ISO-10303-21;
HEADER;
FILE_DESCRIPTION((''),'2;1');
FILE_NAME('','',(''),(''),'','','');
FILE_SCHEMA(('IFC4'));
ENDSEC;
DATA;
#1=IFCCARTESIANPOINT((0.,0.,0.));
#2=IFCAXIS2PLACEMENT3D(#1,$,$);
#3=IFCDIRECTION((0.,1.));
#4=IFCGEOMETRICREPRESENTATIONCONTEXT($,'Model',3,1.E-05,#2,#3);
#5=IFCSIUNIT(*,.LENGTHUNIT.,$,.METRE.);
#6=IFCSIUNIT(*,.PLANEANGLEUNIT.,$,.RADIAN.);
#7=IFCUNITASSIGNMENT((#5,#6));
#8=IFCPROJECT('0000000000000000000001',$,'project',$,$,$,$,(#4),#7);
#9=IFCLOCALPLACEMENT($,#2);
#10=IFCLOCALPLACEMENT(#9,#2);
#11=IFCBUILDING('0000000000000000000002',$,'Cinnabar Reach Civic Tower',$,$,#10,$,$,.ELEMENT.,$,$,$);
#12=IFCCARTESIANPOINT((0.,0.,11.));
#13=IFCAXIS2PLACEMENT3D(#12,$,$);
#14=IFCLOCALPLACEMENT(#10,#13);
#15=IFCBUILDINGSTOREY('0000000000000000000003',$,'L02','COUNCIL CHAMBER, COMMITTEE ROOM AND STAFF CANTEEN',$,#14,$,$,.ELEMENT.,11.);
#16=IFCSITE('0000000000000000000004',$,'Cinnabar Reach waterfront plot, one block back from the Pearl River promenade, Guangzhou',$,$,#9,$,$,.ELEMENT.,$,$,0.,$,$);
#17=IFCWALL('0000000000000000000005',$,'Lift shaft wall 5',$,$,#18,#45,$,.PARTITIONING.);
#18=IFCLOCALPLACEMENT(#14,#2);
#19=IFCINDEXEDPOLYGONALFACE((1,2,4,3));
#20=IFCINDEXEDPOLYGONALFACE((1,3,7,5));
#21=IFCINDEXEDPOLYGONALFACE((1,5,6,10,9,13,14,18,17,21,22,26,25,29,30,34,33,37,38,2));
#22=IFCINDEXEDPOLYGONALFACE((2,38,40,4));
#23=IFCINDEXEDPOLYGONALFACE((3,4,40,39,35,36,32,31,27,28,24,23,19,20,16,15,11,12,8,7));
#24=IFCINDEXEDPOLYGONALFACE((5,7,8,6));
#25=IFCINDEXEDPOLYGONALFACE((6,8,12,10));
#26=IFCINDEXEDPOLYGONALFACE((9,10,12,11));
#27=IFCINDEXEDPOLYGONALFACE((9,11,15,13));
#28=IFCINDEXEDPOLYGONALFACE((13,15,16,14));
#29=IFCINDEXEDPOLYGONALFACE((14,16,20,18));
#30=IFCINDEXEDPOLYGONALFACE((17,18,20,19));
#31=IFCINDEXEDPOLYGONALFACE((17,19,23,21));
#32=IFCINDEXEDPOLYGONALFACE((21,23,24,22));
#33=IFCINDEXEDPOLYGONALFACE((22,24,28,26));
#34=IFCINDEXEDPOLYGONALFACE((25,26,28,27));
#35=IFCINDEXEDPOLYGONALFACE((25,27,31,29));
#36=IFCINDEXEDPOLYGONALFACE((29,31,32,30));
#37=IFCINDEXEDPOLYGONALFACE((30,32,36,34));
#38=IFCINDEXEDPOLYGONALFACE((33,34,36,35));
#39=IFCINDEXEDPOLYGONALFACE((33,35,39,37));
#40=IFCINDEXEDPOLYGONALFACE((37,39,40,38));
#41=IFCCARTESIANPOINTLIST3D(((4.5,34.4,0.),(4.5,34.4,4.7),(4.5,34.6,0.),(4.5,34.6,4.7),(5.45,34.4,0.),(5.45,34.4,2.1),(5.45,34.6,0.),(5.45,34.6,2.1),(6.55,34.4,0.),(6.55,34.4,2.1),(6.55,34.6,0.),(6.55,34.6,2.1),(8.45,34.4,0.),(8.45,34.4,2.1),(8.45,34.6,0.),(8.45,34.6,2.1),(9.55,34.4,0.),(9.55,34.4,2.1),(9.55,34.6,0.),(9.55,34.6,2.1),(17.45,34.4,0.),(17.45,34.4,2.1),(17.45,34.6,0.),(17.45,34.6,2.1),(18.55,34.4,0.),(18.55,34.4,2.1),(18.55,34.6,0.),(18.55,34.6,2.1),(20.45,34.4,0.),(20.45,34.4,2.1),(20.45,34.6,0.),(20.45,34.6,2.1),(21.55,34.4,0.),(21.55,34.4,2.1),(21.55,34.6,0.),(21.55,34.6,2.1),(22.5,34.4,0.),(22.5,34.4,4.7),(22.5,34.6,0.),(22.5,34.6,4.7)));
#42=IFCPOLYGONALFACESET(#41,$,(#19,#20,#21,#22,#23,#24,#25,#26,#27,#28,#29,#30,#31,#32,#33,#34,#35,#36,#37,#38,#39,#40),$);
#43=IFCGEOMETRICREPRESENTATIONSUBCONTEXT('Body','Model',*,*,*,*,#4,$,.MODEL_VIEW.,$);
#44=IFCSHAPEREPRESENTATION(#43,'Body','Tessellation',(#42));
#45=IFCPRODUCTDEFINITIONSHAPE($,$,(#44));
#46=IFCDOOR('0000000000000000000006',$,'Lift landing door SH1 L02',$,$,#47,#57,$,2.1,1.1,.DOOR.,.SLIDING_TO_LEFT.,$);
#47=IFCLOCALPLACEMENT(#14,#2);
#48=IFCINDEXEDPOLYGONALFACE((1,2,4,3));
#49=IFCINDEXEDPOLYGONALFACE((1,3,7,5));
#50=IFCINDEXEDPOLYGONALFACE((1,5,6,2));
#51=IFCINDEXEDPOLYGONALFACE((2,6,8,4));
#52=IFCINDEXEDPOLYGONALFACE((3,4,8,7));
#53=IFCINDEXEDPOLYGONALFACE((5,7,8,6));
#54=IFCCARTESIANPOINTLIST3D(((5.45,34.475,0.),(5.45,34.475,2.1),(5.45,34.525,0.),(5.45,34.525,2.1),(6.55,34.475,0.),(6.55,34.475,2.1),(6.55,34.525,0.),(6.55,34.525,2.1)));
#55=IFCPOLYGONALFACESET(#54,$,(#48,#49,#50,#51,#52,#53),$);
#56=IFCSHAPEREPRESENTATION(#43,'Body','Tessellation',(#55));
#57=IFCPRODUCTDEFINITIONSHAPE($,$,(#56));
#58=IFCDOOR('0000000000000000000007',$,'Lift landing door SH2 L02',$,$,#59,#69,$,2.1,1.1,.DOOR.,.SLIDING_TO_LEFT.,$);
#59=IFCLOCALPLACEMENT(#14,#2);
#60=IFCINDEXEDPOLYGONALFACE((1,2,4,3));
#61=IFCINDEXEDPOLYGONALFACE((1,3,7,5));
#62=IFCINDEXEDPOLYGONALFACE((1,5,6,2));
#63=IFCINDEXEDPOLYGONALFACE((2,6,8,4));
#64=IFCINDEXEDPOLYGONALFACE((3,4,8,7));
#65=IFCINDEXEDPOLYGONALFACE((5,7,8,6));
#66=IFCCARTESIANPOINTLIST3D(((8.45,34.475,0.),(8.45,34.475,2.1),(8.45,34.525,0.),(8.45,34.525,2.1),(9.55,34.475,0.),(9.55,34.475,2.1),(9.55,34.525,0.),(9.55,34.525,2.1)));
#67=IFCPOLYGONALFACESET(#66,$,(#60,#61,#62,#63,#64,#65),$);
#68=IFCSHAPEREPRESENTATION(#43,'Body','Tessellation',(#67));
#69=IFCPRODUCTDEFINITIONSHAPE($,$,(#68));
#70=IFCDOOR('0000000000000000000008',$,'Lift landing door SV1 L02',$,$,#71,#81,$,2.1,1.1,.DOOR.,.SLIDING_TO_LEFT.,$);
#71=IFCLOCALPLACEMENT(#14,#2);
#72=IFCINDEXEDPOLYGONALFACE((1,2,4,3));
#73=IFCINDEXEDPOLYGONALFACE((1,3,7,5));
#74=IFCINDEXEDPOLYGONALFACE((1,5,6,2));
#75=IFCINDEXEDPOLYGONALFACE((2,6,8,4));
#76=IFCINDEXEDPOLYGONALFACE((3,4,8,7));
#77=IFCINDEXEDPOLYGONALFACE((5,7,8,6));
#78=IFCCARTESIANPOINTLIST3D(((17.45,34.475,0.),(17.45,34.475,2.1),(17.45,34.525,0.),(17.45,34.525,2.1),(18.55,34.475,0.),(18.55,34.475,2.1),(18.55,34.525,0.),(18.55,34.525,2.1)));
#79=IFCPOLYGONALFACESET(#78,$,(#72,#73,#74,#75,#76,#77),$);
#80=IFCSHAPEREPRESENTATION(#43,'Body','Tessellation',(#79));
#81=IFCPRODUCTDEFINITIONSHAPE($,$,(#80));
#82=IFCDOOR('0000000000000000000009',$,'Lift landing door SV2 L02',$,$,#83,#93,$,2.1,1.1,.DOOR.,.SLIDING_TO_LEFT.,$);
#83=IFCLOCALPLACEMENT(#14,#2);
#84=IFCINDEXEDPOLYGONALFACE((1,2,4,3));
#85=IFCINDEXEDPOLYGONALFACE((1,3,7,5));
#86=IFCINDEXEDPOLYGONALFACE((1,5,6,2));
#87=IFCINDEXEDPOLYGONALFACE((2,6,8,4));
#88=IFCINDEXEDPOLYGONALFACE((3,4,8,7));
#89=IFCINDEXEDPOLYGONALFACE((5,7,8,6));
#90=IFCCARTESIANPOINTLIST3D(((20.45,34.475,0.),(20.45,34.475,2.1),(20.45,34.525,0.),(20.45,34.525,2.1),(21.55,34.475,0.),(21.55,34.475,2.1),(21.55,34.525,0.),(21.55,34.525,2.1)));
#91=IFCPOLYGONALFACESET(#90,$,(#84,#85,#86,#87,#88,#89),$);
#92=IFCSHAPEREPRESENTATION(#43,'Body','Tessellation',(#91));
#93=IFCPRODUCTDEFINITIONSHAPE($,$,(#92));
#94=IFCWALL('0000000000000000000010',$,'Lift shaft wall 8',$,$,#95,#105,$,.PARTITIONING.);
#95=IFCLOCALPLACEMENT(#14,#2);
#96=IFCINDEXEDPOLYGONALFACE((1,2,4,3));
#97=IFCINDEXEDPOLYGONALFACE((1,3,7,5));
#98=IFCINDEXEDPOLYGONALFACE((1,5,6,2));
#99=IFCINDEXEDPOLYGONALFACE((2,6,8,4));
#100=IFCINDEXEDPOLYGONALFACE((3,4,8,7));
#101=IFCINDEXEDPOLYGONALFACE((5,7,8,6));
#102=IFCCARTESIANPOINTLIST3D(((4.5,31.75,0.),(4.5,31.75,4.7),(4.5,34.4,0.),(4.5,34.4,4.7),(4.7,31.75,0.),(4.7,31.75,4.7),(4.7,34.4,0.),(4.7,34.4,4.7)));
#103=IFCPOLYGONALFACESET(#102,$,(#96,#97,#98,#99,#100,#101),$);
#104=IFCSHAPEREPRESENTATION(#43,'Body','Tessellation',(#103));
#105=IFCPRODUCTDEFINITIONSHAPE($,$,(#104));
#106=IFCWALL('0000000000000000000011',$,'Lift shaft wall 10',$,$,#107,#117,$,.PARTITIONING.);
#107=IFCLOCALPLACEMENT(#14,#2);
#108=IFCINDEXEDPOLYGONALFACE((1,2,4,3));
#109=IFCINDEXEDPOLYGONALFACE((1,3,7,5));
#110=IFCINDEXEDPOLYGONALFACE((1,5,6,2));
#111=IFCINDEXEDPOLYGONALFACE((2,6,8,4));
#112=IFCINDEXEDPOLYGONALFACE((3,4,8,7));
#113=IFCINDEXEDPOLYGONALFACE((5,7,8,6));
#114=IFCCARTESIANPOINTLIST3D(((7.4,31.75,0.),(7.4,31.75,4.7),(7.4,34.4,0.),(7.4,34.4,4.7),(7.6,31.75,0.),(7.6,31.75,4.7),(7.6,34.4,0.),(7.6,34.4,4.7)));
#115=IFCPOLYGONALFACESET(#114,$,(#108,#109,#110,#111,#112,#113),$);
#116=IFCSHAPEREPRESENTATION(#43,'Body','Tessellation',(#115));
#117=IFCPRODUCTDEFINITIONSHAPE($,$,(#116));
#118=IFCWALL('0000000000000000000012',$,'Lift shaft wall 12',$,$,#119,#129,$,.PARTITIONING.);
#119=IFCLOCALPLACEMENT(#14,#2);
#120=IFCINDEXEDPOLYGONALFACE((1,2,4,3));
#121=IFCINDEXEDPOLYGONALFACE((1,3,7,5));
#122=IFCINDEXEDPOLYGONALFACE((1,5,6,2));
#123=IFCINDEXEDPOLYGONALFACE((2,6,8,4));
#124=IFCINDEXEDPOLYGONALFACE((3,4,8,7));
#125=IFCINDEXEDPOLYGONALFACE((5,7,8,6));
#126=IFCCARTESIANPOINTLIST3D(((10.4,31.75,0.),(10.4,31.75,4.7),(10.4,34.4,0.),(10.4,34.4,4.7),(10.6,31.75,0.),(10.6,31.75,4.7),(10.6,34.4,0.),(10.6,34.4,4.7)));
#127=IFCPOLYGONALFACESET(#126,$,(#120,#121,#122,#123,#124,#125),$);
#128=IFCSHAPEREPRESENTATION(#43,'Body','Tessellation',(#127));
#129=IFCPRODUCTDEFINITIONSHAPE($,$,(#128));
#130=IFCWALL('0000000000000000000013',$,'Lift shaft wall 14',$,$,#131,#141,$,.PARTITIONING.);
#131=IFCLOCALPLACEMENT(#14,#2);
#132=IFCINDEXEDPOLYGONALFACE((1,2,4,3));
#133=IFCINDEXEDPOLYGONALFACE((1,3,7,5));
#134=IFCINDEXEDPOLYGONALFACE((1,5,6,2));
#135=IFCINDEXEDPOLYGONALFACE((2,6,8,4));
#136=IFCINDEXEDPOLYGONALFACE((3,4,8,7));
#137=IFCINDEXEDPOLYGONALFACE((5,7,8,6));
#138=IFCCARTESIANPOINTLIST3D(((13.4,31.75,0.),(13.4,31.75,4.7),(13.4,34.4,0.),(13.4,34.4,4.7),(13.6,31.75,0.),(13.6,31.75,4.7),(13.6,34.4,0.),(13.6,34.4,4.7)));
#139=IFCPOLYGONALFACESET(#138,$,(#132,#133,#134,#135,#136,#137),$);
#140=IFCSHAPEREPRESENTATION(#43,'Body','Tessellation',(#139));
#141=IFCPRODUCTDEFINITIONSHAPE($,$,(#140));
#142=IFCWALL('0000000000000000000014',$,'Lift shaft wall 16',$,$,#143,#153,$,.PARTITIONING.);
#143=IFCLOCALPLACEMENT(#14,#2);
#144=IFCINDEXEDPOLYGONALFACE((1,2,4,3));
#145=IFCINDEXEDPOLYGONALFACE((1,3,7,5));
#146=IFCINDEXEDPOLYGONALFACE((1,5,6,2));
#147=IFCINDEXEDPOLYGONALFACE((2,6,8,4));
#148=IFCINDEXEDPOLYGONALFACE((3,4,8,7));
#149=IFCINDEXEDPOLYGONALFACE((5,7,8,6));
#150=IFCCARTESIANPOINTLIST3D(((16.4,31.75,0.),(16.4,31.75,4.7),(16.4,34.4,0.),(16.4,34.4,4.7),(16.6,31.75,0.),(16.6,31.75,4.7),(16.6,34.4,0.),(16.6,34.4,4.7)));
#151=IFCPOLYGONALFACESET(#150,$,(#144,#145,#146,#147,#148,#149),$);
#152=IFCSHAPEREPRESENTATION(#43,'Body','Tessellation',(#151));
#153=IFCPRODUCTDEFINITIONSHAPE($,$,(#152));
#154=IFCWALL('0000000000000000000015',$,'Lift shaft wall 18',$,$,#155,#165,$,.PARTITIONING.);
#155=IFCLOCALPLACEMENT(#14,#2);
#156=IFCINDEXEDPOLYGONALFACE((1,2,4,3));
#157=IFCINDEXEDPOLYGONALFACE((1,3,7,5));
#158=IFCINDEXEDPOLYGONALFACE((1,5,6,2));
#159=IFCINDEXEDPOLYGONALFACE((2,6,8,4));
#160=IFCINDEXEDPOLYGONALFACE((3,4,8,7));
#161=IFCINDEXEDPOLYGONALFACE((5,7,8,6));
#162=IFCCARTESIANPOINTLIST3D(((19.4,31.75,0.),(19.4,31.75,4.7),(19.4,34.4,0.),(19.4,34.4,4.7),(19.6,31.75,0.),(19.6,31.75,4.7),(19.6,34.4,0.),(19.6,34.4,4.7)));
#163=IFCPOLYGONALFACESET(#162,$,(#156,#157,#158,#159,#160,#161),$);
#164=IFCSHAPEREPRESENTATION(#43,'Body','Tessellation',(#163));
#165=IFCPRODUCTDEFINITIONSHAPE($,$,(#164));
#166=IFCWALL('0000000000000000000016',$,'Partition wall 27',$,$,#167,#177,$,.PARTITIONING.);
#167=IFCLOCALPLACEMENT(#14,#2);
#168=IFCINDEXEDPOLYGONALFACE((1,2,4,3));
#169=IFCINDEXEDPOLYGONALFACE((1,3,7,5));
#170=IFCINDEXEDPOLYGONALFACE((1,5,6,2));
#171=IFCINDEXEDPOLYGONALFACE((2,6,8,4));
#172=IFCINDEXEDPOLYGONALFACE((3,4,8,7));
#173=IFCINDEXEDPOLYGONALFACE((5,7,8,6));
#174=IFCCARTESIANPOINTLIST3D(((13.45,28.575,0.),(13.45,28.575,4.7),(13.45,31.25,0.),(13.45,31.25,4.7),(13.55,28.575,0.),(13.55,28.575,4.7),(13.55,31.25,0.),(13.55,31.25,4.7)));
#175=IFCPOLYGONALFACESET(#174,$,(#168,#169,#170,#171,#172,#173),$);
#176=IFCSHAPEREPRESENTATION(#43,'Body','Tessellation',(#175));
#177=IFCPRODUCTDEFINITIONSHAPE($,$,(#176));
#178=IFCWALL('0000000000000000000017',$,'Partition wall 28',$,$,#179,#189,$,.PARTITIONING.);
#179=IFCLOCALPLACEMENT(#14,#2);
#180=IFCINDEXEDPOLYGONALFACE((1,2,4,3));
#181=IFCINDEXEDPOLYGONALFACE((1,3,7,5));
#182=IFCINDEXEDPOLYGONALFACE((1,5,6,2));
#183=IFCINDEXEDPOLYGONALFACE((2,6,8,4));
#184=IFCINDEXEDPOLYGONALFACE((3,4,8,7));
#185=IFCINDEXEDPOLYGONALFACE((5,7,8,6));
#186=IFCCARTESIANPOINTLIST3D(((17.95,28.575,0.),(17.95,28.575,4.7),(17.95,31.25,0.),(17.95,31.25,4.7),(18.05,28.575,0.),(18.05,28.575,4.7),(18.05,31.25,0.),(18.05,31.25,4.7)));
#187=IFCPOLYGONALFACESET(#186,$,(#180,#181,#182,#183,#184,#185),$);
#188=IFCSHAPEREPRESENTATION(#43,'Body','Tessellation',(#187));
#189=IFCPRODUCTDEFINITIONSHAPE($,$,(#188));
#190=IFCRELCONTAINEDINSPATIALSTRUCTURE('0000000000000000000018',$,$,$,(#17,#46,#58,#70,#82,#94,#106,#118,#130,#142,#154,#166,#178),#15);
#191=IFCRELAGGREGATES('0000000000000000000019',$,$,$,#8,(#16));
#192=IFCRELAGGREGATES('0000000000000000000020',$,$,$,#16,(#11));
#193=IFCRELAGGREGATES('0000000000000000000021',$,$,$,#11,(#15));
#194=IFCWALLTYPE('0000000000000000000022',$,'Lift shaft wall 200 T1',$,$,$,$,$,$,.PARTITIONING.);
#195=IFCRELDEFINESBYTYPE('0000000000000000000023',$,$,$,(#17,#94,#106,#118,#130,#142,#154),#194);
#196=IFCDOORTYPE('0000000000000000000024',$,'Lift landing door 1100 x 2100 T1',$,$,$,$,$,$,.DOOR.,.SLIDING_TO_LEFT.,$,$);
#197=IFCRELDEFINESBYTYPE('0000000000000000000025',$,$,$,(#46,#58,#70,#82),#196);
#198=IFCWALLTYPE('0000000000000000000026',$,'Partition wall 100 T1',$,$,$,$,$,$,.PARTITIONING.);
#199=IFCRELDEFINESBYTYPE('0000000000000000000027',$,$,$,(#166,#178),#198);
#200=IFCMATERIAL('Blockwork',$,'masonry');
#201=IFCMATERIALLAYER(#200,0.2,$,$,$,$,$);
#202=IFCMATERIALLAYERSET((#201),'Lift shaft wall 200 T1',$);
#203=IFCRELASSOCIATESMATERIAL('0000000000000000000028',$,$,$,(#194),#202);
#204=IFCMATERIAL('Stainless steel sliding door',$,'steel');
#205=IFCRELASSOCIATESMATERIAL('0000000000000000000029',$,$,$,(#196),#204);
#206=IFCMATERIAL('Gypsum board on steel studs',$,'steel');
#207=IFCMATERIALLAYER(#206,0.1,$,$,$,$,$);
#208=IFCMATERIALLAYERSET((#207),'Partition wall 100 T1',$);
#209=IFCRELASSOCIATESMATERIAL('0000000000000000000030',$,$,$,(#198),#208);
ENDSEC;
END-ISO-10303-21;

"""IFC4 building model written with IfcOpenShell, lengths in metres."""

from ifc_helpers import new_model, si_unit, direction, frame, frame_2d, origin, place, context, subcontext, project, spatial, rectangle, extrude, material, layer, layer_set, type_object, element, fill, save


model = new_model("IFC4")

# Units and contexts
model_context = context("Model", 3, precision=1e-05, world=origin(), true_north=direction((0.0, 1.0)))
body_context = subcontext(model_context, "Body", "Model", "MODEL_VIEW")
ifc_project = project(units=[si_unit("LENGTHUNIT", "METRE"), si_unit("PLANEANGLEUNIT", "RADIAN")], contexts=[model_context])

# Site, building, storey
site_placement = place(None, origin())
site = spatial("IfcSite", under=ifc_project, at=site_placement, Name="Cinnabar Reach waterfront plot, one block back from the Pearl River promenade, Guangzhou", CompositionType="ELEMENT", RefElevation=0.0)
building_placement = place(site_placement, origin())
building = spatial("IfcBuilding", under=site, at=building_placement, Name="Cinnabar Reach Civic Tower", CompositionType="ELEMENT")
storey_placement = place(building_placement, frame((0.0, 0.0, 11.0)))
storey = spatial("IfcBuildingStorey", under=building, at=storey_placement, Name="L02", Description="COUNCIL CHAMBER, COMMITTEE ROOM AND STAFF CANTEEN", CompositionType="ELEMENT", Elevation=11.0)

# Wall, openings, doors
ifc_material_1 = material(Name="Blockwork", Category="masonry")
ifc_layer_1 = layer(ifc_material_1, 0.2)
ifc_layer_set_1 = layer_set([ifc_layer_1], Name="Lift shaft wall 200 T1")
wall_type_1 = type_object("IfcWallType", Name="Lift shaft wall 200 T1", PredefinedType="PARTITIONING", material=ifc_layer_set_1)
wall_1_placement = place(storey_placement, frame((4.5, 34.5, 0.0), z_axis=(0.0, 0.0, 1.0), x_axis=(1.0, 0.0, 0.0)))
wall_1 = element("IfcWall", 1, at=wall_1_placement, inside=storey, type_object=wall_type_1, Name="Lift shaft wall 5", PredefinedType="PARTITIONING", context=body_context, shape_type="SweptSolid", body=[
    extrude(rectangle(XDim=18.0, YDim=0.2, at=frame_2d((9.0, 0.0))), origin(), (0.0, 0.0, 1.0), 4.7),
])
opening_1_placement = place(wall_1_placement, frame((0.95, 0.0, 0.0)))
opening_1 = element("IfcOpeningElement", 2, at=opening_1_placement, cuts=wall_1, PredefinedType="OPENING", context=body_context, shape_type="SweptSolid", body=[
    extrude(rectangle(XDim=1.1, YDim=2.1, at=frame_2d((0.55, 1.05))), frame((0.0, 0.11, 0.0), z_axis=(0.0, -1.0, 0.0), x_axis=(1.0, 0.0, 0.0)), (0.0, 0.0, 1.0), 0.22),
])
opening_2_placement = place(wall_1_placement, frame((3.95, 0.0, 0.0)))
opening_2 = element("IfcOpeningElement", 3, at=opening_2_placement, cuts=wall_1, PredefinedType="OPENING", context=body_context, shape_type="SweptSolid", body=[
    extrude(rectangle(XDim=1.1, YDim=2.1, at=frame_2d((0.55, 1.05))), frame((0.0, 0.11, 0.0), z_axis=(0.0, -1.0, 0.0), x_axis=(1.0, 0.0, 0.0)), (0.0, 0.0, 1.0), 0.22),
])
opening_3_placement = place(wall_1_placement, frame((12.95, 0.0, 0.0)))
opening_3 = element("IfcOpeningElement", 4, at=opening_3_placement, cuts=wall_1, PredefinedType="OPENING", context=body_context, shape_type="SweptSolid", body=[
    extrude(rectangle(XDim=1.1, YDim=2.1, at=frame_2d((0.55, 1.05))), frame((0.0, 0.11, 0.0), z_axis=(0.0, -1.0, 0.0), x_axis=(1.0, 0.0, 0.0)), (0.0, 0.0, 1.0), 0.22),
])
opening_4_placement = place(wall_1_placement, frame((15.95, 0.0, 0.0)))
opening_4 = element("IfcOpeningElement", 5, at=opening_4_placement, cuts=wall_1, PredefinedType="OPENING", context=body_context, shape_type="SweptSolid", body=[
    extrude(rectangle(XDim=1.1, YDim=2.1, at=frame_2d((0.55, 1.05))), frame((0.0, 0.11, 0.0), z_axis=(0.0, -1.0, 0.0), x_axis=(1.0, 0.0, 0.0)), (0.0, 0.0, 1.0), 0.22),
])
ifc_material_2 = material(Name="Stainless steel sliding door", Category="steel")
door_type_1 = type_object("IfcDoorType", Name="Lift landing door 1100 x 2100 T1", OperationType="SLIDING_TO_LEFT", PredefinedType="DOOR", material=ifc_material_2)
door_1_placement = place(opening_1_placement, origin())
door_1 = element("IfcDoor", 6, at=door_1_placement, inside=storey, type_object=door_type_1, Name="Lift landing door SH1 L02", OperationType="SLIDING_TO_LEFT", OverallHeight=2.1, OverallWidth=1.1, PredefinedType="DOOR", context=body_context, shape_type="SweptSolid", body=[
    extrude(rectangle(XDim=1.1, YDim=2.1, at=frame_2d((0.55, 1.05))), frame((0.0, 0.025, 0.0), z_axis=(0.0, -1.0, 0.0), x_axis=(1.0, 0.0, 0.0)), (0.0, 0.0, 1.0), 0.05),
])
fill(opening_1, door_1)
door_2_placement = place(opening_2_placement, origin())
door_2 = element("IfcDoor", 7, at=door_2_placement, inside=storey, type_object=door_type_1, Name="Lift landing door SH2 L02", OperationType="SLIDING_TO_LEFT", OverallHeight=2.1, OverallWidth=1.1, PredefinedType="DOOR", context=body_context, shape_type="SweptSolid", body=[
    extrude(rectangle(XDim=1.1, YDim=2.1, at=frame_2d((0.55, 1.05))), frame((0.0, 0.025, 0.0), z_axis=(0.0, -1.0, 0.0), x_axis=(1.0, 0.0, 0.0)), (0.0, 0.0, 1.0), 0.05),
])
fill(opening_2, door_2)
door_3_placement = place(opening_3_placement, origin())
door_3 = element("IfcDoor", 8, at=door_3_placement, inside=storey, type_object=door_type_1, Name="Lift landing door SV1 L02", OperationType="SLIDING_TO_LEFT", OverallHeight=2.1, OverallWidth=1.1, PredefinedType="DOOR", context=body_context, shape_type="SweptSolid", body=[
    extrude(rectangle(XDim=1.1, YDim=2.1, at=frame_2d((0.55, 1.05))), frame((0.0, 0.025, 0.0), z_axis=(0.0, -1.0, 0.0), x_axis=(1.0, 0.0, 0.0)), (0.0, 0.0, 1.0), 0.05),
])
fill(opening_3, door_3)
door_4_placement = place(opening_4_placement, origin())
door_4 = element("IfcDoor", 9, at=door_4_placement, inside=storey, type_object=door_type_1, Name="Lift landing door SV2 L02", OperationType="SLIDING_TO_LEFT", OverallHeight=2.1, OverallWidth=1.1, PredefinedType="DOOR", context=body_context, shape_type="SweptSolid", body=[
    extrude(rectangle(XDim=1.1, YDim=2.1, at=frame_2d((0.55, 1.05))), frame((0.0, 0.025, 0.0), z_axis=(0.0, -1.0, 0.0), x_axis=(1.0, 0.0, 0.0)), (0.0, 0.0, 1.0), 0.05),
])
fill(opening_4, door_4)

# Walls
for number, where, z_axis, x_axis, name in (
    (10, (4.6, 31.75, 0.0), (0.0, 0.0, 1.0), (0.0, 1.0, 0.0), "Lift shaft wall 8"),
    (11, (7.5, 31.75, 0.0), (0.0, 0.0, 1.0), (0.0, 1.0, 0.0), "Lift shaft wall 10"),
    (12, (10.5, 31.75, 0.0), (0.0, 0.0, 1.0), (0.0, 1.0, 0.0), "Lift shaft wall 12"),
    (13, (13.5, 31.75, 0.0), (0.0, 0.0, 1.0), (0.0, 1.0, 0.0), "Lift shaft wall 14"),
    (14, (16.5, 31.75, 0.0), (0.0, 0.0, 1.0), (0.0, 1.0, 0.0), "Lift shaft wall 16"),
    (15, (19.5, 31.75, 0.0), (0.0, 0.0, 1.0), (0.0, 1.0, 0.0), "Lift shaft wall 18"),
):
    element("IfcWall", number, at=place(storey_placement, frame(where, z_axis=z_axis, x_axis=x_axis)), inside=storey, type_object=wall_type_1, Name=name, PredefinedType="PARTITIONING", context=body_context, shape_type="SweptSolid", body=[
        extrude(rectangle(XDim=2.65, YDim=0.2, at=frame_2d((1.325, 0.0))), origin(), (0.0, 0.0, 1.0), 4.7),
    ])
ifc_material_3 = material(Name="Gypsum board on steel studs", Category="steel")
ifc_layer_2 = layer(ifc_material_3, 0.1)
ifc_layer_set_2 = layer_set([ifc_layer_2], Name="Partition wall 100 T1")
wall_type_2 = type_object("IfcWallType", Name="Partition wall 100 T1", PredefinedType="PARTITIONING", material=ifc_layer_set_2)
for number, where, z_axis, x_axis, name in (
    (16, (13.5, 28.575, 0.0), (0.0, 0.0, 1.0), (0.0, 1.0, 0.0), "Partition wall 27"),
    (17, (18.0, 28.575, 0.0), (0.0, 0.0, 1.0), (0.0, 1.0, 0.0), "Partition wall 28"),
):
    element("IfcWall", number, at=place(storey_placement, frame(where, z_axis=z_axis, x_axis=x_axis)), inside=storey, type_object=wall_type_2, Name=name, PredefinedType="PARTITIONING", context=body_context, shape_type="SweptSolid", body=[
        extrude(rectangle(XDim=2.675, YDim=0.1, at=frame_2d((1.3375, 0.0))), origin(), (0.0, 0.0, 1.0), 4.7),
    ])

save(model, "model.ifc")
